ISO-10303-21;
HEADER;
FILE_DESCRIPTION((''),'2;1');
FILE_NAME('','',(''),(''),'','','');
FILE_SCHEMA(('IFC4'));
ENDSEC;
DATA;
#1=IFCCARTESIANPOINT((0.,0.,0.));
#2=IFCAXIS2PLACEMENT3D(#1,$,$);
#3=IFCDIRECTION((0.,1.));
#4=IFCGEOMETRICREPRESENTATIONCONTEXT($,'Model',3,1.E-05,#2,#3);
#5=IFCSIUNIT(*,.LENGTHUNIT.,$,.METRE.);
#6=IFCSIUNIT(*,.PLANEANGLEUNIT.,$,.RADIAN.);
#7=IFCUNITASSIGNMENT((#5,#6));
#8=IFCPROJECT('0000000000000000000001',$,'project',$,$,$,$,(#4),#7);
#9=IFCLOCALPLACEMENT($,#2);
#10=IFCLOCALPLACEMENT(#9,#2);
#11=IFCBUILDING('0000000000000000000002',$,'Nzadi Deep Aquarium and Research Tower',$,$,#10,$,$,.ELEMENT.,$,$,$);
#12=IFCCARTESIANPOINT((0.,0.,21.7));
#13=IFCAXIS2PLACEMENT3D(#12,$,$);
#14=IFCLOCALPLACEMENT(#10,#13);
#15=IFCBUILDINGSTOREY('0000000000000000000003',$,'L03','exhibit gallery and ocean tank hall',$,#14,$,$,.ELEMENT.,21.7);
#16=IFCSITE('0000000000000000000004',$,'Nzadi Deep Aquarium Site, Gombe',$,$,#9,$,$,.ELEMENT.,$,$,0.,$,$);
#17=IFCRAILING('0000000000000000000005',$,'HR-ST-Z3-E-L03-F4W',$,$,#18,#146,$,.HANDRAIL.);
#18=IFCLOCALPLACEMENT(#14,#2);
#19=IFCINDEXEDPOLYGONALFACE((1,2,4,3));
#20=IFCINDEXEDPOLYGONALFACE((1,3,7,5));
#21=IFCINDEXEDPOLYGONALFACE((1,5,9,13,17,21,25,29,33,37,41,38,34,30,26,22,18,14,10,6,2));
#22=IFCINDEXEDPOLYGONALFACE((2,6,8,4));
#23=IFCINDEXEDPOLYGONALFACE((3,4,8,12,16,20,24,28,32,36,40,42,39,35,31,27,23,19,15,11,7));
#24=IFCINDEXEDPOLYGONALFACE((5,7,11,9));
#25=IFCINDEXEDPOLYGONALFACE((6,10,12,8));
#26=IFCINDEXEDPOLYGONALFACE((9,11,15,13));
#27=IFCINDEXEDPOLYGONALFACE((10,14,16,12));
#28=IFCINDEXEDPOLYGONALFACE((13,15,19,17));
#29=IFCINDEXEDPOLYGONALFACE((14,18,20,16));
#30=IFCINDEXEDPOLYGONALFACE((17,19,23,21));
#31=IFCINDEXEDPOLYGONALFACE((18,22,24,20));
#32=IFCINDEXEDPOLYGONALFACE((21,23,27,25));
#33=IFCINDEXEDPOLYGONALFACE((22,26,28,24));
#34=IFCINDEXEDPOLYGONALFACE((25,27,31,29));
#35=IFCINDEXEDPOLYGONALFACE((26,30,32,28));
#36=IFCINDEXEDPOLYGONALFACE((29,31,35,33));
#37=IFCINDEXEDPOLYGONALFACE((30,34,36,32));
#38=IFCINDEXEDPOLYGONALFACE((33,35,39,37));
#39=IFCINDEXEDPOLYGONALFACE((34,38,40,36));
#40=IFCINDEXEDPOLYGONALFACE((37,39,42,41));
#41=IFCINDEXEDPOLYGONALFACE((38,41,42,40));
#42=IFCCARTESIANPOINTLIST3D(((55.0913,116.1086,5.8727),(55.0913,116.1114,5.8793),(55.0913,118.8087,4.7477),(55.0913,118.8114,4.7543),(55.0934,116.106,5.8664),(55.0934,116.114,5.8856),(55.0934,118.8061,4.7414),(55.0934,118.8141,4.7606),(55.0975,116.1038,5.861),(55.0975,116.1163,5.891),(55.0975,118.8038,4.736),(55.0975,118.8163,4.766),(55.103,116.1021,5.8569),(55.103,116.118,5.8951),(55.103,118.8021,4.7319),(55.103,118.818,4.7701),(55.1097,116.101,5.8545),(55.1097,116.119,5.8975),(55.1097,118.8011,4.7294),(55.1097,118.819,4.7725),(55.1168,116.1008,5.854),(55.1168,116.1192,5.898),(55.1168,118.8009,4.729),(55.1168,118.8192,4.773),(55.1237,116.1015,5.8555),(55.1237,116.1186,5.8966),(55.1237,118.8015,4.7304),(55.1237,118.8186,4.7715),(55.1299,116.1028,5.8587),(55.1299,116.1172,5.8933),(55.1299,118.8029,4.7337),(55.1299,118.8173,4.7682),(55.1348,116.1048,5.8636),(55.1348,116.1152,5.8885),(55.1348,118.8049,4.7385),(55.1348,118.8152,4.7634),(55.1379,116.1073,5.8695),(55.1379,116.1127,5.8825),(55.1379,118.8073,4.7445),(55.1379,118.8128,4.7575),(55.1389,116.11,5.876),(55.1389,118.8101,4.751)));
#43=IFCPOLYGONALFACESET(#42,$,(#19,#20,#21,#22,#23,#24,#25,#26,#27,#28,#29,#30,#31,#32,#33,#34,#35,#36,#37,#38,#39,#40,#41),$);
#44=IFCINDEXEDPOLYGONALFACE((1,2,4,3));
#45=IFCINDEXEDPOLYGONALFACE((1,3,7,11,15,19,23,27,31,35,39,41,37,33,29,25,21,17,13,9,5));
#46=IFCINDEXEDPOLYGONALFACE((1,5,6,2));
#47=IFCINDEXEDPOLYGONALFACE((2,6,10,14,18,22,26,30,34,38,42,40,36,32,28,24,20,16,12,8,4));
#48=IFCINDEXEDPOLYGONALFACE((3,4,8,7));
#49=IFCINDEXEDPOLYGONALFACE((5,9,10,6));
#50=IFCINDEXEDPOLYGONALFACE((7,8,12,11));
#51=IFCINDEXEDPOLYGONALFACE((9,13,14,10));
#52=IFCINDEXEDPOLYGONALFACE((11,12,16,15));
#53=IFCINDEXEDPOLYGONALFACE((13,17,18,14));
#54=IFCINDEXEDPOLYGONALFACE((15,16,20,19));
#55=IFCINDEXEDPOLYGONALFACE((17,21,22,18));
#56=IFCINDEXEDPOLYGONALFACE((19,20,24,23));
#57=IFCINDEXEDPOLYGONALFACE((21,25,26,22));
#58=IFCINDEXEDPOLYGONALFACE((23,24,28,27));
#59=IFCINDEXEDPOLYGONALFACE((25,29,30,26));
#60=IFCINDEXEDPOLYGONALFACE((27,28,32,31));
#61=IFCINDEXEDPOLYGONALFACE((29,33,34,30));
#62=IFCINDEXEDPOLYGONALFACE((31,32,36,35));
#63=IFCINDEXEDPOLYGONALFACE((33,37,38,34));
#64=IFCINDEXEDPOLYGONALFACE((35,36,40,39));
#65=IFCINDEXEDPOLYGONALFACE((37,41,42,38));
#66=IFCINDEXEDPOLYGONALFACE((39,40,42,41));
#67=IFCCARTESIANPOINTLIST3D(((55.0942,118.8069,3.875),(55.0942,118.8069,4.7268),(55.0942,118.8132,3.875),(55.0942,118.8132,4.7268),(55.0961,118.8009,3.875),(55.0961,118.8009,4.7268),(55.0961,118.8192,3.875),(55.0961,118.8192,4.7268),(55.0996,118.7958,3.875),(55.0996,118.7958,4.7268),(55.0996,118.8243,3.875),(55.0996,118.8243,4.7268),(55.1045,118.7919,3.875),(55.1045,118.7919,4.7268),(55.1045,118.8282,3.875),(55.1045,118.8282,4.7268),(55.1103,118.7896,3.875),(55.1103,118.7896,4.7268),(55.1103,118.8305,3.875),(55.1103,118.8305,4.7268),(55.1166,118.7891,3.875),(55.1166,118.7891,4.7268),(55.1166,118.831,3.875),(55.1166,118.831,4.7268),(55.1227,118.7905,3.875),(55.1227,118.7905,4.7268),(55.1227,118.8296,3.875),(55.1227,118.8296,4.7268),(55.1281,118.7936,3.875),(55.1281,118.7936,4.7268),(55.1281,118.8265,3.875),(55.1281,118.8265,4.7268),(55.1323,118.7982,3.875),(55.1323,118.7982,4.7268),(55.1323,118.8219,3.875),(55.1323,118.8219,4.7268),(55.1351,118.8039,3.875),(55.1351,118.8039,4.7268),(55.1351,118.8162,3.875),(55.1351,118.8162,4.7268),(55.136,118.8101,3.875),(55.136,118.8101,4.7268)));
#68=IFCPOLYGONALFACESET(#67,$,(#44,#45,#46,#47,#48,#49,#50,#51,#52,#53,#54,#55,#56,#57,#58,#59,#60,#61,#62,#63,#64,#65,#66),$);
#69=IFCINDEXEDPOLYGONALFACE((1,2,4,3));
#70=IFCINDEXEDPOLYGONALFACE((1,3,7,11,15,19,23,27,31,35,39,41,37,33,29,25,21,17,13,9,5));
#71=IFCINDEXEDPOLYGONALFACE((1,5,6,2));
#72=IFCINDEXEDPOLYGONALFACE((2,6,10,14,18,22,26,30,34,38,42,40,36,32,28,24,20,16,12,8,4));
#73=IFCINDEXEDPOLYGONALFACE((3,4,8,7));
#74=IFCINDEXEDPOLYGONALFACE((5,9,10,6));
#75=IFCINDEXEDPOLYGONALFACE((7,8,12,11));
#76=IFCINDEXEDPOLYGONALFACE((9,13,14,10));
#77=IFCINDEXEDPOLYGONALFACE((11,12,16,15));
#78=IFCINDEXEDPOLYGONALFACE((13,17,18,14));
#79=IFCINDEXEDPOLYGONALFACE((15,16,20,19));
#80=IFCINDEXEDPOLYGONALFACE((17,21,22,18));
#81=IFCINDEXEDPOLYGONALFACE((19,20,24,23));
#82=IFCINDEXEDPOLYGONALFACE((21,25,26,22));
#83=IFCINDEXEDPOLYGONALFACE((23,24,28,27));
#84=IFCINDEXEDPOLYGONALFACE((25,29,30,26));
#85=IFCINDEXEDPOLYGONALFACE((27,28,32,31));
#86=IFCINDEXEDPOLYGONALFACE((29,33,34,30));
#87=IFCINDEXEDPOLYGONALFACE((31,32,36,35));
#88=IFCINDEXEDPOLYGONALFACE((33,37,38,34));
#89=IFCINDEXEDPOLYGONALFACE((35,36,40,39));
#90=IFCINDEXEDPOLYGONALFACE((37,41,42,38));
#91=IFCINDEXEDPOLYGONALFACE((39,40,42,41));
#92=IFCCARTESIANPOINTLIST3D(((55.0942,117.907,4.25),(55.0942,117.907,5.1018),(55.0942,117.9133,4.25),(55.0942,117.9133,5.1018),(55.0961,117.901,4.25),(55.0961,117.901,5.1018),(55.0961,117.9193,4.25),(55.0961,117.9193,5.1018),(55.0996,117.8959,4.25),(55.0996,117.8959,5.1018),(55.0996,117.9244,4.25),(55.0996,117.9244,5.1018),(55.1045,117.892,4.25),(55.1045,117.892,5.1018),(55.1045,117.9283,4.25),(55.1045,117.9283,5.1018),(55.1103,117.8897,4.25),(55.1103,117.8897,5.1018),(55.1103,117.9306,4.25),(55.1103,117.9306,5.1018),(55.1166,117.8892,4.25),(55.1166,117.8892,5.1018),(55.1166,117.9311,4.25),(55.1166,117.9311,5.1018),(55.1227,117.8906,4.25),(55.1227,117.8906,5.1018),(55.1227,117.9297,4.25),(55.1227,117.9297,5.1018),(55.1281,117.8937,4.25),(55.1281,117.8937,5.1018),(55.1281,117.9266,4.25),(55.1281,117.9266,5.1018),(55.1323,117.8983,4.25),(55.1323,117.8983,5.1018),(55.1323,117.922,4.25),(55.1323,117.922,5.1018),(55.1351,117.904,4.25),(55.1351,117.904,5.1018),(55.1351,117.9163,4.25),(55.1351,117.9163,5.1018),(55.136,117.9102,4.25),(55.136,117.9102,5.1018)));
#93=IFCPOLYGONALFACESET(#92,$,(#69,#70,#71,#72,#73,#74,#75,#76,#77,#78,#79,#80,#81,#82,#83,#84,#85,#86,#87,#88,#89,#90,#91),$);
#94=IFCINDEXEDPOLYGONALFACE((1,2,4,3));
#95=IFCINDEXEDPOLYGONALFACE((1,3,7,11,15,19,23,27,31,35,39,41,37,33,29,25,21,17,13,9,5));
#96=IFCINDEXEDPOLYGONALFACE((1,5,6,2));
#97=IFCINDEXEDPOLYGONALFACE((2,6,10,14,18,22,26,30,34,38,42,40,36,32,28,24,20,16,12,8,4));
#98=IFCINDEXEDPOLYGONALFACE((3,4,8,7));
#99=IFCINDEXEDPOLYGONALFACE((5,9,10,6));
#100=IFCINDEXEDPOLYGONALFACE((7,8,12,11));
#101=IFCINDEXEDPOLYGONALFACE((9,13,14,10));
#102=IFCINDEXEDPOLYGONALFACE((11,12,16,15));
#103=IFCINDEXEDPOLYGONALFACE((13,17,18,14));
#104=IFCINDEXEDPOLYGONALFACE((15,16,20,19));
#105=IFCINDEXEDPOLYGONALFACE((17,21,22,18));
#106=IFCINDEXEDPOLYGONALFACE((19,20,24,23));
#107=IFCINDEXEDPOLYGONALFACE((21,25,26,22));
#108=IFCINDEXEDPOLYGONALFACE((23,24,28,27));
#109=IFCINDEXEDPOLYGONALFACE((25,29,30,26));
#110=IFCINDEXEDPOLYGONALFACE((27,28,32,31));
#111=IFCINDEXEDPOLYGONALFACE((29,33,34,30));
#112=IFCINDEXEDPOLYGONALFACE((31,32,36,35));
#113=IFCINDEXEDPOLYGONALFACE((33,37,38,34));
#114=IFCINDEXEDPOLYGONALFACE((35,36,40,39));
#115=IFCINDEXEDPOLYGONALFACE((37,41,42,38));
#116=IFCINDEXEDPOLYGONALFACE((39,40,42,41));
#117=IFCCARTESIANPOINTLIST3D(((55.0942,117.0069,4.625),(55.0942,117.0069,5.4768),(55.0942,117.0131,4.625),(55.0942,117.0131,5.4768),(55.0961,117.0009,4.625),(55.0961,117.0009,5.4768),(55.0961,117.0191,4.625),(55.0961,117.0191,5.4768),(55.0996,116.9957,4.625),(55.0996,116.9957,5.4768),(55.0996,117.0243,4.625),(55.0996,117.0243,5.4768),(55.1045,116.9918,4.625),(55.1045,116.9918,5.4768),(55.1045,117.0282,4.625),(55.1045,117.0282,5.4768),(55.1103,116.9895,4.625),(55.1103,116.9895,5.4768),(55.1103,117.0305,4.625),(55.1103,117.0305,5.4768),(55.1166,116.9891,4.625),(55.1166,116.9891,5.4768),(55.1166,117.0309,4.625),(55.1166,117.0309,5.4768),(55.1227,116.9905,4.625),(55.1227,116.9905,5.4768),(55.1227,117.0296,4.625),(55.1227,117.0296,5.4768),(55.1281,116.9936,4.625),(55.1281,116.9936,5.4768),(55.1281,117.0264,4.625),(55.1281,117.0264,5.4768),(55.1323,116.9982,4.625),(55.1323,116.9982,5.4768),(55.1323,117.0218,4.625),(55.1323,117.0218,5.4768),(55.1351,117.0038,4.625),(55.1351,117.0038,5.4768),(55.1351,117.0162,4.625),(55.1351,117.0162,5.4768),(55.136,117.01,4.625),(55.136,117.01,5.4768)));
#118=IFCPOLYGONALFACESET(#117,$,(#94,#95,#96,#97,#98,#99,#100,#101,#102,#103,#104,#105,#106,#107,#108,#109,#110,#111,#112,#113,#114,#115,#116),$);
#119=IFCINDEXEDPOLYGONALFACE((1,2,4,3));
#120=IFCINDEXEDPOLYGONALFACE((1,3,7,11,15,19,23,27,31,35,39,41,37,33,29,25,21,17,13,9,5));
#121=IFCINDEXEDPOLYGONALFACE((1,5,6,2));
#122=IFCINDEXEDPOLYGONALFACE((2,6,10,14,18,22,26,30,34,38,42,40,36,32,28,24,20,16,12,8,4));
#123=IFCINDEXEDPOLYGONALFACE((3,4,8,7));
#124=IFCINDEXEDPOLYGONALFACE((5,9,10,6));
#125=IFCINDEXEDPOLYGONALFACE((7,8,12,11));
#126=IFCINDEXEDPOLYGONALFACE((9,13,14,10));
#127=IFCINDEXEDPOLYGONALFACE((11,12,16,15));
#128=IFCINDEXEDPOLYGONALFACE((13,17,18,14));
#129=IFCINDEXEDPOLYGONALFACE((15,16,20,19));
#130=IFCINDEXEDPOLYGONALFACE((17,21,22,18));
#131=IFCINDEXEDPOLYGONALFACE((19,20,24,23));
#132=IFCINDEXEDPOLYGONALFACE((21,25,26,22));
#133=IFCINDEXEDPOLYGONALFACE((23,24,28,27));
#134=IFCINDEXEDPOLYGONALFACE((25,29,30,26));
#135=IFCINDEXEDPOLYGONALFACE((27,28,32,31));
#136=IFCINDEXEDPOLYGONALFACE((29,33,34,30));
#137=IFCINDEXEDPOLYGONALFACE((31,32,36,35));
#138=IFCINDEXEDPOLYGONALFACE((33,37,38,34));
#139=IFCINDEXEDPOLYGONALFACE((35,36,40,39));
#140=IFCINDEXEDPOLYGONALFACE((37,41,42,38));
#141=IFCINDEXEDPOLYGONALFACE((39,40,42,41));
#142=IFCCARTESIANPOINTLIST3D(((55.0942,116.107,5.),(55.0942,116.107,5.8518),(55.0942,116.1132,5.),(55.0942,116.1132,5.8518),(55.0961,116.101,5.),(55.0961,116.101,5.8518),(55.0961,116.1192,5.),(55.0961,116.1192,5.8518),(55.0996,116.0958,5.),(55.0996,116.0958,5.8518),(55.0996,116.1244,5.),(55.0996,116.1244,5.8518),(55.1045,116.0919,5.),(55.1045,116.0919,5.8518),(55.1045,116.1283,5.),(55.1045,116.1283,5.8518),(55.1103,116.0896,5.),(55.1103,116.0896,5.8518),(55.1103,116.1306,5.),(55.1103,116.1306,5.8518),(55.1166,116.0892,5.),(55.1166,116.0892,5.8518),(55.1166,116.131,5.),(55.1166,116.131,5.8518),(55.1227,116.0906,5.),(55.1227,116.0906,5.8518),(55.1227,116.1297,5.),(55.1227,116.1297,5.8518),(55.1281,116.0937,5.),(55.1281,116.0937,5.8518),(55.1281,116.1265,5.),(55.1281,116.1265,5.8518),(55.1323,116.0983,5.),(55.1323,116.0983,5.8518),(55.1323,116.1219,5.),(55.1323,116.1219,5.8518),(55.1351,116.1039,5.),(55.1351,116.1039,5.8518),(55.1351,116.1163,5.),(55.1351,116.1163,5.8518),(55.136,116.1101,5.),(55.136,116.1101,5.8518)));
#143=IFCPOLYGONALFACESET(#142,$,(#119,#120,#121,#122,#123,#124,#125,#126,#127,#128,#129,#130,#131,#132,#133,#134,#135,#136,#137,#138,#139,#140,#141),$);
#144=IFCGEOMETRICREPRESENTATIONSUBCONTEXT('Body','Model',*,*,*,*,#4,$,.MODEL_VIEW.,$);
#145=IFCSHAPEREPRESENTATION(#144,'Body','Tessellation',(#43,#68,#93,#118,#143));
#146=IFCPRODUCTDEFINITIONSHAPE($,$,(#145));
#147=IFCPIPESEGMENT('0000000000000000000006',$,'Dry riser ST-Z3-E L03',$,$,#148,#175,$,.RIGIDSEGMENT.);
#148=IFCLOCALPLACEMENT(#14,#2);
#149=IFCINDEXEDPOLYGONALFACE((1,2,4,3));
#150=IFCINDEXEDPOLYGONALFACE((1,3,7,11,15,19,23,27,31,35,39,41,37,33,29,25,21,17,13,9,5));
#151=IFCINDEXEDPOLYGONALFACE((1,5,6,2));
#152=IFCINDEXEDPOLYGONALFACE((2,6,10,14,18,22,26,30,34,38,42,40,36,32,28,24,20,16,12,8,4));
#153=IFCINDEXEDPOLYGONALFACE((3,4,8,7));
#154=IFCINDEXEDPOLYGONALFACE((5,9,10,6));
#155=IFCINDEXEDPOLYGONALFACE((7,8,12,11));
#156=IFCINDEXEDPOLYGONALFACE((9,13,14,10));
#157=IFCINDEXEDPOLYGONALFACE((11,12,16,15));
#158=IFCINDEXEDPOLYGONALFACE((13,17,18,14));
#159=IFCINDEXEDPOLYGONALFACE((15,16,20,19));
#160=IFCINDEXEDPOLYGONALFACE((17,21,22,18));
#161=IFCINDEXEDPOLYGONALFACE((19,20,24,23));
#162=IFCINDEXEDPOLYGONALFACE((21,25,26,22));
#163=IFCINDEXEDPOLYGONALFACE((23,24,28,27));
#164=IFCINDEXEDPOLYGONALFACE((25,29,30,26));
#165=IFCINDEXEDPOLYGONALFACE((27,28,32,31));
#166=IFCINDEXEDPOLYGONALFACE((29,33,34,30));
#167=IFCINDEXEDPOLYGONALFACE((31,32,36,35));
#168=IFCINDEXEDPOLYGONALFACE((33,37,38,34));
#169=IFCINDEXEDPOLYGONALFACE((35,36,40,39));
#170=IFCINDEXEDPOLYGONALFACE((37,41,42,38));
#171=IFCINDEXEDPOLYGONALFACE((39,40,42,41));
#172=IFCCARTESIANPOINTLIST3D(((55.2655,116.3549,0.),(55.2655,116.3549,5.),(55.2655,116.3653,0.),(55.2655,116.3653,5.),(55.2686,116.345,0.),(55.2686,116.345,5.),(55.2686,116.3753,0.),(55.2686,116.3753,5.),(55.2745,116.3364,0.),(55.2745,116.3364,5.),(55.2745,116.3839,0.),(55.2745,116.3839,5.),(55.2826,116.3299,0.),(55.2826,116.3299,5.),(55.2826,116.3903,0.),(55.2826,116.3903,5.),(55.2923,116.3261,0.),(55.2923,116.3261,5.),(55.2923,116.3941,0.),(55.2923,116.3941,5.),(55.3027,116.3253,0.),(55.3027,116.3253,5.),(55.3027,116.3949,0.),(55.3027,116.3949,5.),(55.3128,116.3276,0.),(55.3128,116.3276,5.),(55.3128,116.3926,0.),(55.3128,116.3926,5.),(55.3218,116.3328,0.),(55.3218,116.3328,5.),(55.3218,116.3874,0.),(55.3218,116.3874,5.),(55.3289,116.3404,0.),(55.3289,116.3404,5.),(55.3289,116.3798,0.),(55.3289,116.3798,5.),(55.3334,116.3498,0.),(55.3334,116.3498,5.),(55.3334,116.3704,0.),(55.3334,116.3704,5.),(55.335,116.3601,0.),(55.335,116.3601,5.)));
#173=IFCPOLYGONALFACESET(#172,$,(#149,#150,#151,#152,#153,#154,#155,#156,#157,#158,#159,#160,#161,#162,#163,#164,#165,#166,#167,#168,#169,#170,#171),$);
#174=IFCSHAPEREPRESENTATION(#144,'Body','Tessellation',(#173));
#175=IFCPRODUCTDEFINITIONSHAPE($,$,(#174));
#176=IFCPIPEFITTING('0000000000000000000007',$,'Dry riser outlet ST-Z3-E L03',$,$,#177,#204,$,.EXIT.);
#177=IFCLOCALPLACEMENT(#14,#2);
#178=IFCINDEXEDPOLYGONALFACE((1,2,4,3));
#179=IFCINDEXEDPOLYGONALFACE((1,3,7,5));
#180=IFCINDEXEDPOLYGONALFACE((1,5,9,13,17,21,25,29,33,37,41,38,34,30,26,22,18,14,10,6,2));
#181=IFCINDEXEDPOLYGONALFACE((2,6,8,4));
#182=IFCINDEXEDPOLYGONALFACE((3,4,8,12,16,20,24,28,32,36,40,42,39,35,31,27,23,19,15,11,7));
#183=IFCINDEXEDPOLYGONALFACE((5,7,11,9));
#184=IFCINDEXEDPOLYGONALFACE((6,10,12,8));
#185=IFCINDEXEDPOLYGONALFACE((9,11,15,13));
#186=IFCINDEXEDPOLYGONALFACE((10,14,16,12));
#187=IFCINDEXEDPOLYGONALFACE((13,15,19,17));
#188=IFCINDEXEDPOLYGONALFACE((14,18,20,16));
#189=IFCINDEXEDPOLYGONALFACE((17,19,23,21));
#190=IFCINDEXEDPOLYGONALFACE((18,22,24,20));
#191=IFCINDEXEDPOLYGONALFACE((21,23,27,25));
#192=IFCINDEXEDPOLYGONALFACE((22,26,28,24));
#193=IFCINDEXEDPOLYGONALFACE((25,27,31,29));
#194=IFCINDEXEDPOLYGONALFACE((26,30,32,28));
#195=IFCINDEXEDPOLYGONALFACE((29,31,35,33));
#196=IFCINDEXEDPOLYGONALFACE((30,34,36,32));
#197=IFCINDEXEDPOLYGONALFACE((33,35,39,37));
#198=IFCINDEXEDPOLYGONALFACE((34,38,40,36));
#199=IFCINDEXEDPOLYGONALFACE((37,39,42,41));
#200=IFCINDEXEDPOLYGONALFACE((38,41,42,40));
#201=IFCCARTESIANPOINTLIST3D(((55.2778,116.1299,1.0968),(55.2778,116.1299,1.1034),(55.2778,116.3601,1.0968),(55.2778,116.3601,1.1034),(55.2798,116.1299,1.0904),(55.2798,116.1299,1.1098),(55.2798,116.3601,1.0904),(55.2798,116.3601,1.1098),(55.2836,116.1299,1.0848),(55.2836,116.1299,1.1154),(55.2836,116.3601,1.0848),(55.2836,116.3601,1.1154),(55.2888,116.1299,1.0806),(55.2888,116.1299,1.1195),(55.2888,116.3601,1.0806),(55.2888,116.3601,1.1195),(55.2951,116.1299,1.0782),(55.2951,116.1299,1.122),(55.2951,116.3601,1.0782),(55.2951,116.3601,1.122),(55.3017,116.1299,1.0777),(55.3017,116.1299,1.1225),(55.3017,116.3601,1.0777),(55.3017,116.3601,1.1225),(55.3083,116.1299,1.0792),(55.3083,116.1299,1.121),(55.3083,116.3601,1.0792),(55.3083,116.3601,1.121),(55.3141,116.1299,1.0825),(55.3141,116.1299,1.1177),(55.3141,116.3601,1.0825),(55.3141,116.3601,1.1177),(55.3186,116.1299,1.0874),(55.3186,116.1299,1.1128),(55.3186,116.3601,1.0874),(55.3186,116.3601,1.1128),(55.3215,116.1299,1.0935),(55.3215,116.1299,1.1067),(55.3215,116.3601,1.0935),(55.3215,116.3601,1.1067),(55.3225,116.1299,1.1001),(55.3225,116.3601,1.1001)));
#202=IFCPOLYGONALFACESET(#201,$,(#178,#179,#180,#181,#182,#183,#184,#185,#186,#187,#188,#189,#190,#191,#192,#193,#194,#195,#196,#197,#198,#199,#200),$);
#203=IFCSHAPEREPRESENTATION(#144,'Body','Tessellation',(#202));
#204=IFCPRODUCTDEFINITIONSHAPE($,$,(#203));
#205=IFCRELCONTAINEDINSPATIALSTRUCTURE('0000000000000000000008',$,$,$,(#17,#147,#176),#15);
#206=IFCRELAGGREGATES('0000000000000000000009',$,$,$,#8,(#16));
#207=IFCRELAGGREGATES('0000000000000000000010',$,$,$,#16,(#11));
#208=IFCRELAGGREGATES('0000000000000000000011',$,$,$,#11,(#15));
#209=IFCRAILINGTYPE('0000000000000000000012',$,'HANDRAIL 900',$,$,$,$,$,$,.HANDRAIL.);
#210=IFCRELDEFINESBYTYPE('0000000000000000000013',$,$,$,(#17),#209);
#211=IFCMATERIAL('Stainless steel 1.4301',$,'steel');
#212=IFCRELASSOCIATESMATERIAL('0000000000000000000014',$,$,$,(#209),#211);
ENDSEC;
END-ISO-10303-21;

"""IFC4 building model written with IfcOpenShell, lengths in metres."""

from ifc_helpers import new_model, si_unit, direction, frame, origin, origin_2d, place, context, subcontext, project, spatial, circle, extrude, material, type_object, element, save


model = new_model("IFC4")

# Units and contexts
model_context = context("Model", 3, precision=1e-05, world=origin(), true_north=direction((0.0, 1.0)))
body_context = subcontext(model_context, "Body", "Model", "MODEL_VIEW")
ifc_project = project(units=[si_unit("LENGTHUNIT", "METRE"), si_unit("PLANEANGLEUNIT", "RADIAN")], contexts=[model_context])

# Site, building, storey
site_placement = place(None, origin())
site = spatial("IfcSite", under=ifc_project, at=site_placement, Name="Nzadi Deep Aquarium Site, Gombe", CompositionType="ELEMENT", RefElevation=0.0)
building_placement = place(site_placement, origin())
building = spatial("IfcBuilding", under=site, at=building_placement, Name="Nzadi Deep Aquarium and Research Tower", CompositionType="ELEMENT")
storey_placement = place(building_placement, frame((0.0, 0.0, 21.7)))
storey = spatial("IfcBuildingStorey", under=building, at=storey_placement, Name="L03", Description="exhibit gallery and ocean tank hall", CompositionType="ELEMENT", Elevation=21.7)

# Railing
ifc_material_1 = material(Name="Stainless steel 1.4301", Category="steel")
railing_type = type_object("IfcRailingType", Name="HANDRAIL 900", PredefinedType="HANDRAIL", material=ifc_material_1)
for number, where, name in (
    (1, (55.115, 118.8101, 3.875), "HR-ST-Z3-E-L03-F4W"),
):
    element("IfcRailing", number, at=place(storey_placement, frame(where)), inside=storey, type_object=railing_type, Name=name, PredefinedType="HANDRAIL", context=body_context, shape_type="SweptSolid", body=[
        extrude(circle(Radius=0.0239, at=origin_2d()), frame((0.0, 0.0, 0.876), z_axis=(0.0, -0.923074, 0.384621), x_axis=(1.0, 0.0, 0.0)), (0.0, 0.0, 1.0), 2.925),
        extrude(circle(Radius=0.021, at=origin_2d()), origin(), (0.0, 0.0, 1.0), 0.8518),
        extrude(circle(Radius=0.021, at=origin_2d()), frame((0.0, -0.8999, 0.375)), (0.0, 0.0, 1.0), 0.8518),
        extrude(circle(Radius=0.021, at=origin_2d()), frame((0.0, -1.8, 0.75)), (0.0, 0.0, 1.0), 0.8518),
        extrude(circle(Radius=0.021, at=origin_2d()), frame((0.0, -2.7, 1.125)), (0.0, 0.0, 1.0), 0.8518),
    ])

# Pipe segment
pipe_segment_placement = place(storey_placement, frame((55.3, 116.3601, 0.0), z_axis=(0.0, 0.0, 1.0), x_axis=(1.0, 0.0, 0.0)))
element("IfcPipeSegment", 2, at=pipe_segment_placement, inside=storey, Name="Dry riser ST-Z3-E L03", PredefinedType="RIGIDSEGMENT", context=body_context, shape_type="SweptSolid", body=[
    extrude(circle(Radius=0.0349, at=origin_2d()), origin(), (0.0, 0.0, 1.0), 5.0),
])

# Pipe fitting
pipe_fitting_placement = place(storey_placement, frame((55.3, 116.3601, 1.1001), z_axis=(0.0, -1.0, 0.0), x_axis=(1.0, 0.0, 0.0)))
element("IfcPipeFitting", 3, at=pipe_fitting_placement, inside=storey, Name="Dry riser outlet ST-Z3-E L03", PredefinedType="EXIT", context=body_context, shape_type="SweptSolid", body=[
    extrude(circle(Radius=0.0225, at=origin_2d()), origin(), (0.0, 0.0, 1.0), 0.2302),
])

save(model, "model.ifc")
